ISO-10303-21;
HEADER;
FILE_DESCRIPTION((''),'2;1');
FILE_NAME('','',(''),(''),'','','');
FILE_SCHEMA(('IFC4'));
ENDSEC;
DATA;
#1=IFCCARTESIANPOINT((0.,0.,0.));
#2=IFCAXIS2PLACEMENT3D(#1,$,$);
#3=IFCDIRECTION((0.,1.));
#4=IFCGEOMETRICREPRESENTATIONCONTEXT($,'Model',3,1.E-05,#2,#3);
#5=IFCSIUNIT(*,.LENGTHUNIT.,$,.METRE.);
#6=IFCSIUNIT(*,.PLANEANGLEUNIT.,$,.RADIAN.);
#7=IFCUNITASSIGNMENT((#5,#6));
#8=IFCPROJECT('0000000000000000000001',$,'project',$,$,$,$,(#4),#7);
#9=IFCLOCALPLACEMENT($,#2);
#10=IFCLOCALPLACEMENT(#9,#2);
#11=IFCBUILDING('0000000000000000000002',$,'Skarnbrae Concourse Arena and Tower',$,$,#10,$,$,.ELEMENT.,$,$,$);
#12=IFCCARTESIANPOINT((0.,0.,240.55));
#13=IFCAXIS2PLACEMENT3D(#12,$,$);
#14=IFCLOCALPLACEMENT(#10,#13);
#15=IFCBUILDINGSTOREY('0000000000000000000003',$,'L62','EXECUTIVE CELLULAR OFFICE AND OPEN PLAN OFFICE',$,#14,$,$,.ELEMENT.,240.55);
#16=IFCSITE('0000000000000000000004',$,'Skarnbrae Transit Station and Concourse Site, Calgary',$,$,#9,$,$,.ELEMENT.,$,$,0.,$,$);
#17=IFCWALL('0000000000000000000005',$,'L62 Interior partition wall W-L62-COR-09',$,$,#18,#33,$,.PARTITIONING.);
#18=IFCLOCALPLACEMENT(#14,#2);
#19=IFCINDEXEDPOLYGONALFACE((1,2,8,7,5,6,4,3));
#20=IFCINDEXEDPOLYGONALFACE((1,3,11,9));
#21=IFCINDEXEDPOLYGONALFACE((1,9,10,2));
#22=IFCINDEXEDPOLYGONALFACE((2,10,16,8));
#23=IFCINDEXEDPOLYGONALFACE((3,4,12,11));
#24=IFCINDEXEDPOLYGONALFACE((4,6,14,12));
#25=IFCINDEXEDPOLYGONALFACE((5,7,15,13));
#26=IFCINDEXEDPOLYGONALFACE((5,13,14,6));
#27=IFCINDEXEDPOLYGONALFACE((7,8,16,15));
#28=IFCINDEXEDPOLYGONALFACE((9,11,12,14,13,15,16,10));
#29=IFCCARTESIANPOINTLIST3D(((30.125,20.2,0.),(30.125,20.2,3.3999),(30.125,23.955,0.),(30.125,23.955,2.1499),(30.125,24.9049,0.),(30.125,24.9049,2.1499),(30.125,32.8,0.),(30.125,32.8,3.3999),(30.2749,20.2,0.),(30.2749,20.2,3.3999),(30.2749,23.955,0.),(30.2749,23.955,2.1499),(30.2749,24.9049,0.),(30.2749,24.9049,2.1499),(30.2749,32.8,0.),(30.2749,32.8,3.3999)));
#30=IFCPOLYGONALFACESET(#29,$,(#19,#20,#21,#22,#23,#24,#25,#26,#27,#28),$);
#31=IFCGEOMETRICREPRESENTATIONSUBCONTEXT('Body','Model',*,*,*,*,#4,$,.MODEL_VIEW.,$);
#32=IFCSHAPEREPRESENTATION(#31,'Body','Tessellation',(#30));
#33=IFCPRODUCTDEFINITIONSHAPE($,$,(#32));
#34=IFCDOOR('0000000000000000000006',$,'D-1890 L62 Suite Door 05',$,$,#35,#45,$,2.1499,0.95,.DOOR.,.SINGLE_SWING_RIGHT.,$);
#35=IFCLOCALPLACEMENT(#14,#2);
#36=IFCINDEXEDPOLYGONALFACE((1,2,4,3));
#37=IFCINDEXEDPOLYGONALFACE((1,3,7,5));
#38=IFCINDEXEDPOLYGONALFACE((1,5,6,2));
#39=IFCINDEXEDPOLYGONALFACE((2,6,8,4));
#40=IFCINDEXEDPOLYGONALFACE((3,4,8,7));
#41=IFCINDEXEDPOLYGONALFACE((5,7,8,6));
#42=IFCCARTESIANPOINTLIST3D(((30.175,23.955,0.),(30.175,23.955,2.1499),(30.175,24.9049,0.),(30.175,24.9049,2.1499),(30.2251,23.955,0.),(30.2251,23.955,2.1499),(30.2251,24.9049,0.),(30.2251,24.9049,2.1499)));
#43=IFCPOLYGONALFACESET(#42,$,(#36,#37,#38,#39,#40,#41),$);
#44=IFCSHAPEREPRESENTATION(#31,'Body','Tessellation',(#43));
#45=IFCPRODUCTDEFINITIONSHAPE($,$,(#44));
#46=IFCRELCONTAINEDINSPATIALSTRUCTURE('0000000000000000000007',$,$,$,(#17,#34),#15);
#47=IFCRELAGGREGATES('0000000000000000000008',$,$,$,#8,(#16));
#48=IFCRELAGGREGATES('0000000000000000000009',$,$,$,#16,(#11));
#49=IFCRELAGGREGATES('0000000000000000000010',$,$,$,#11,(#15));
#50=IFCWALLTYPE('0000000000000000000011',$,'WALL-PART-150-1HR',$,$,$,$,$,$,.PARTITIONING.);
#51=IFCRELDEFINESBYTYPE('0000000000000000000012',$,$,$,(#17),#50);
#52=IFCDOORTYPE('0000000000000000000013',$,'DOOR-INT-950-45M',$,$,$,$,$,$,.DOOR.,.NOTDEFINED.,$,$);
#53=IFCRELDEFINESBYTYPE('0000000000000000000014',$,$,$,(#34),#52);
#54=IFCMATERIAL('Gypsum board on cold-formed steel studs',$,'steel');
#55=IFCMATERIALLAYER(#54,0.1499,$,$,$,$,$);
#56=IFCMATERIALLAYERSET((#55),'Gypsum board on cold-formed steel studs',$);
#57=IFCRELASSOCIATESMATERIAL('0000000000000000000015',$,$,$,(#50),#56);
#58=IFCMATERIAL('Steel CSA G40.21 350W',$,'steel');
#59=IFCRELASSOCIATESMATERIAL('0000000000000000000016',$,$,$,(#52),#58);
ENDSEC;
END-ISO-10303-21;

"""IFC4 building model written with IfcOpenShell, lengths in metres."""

from ifc_helpers import new_model, si_unit, direction, frame, frame_2d, origin, place, context, subcontext, project, spatial, rectangle, extrude, source, transform, mapped, material, layer, layer_set, type_object, element, fill, save


model = new_model("IFC4")

# Units and contexts
model_context = context("Model", 3, precision=1e-05, world=origin(), true_north=direction((0.0, 1.0)))
body_context = subcontext(model_context, "Body", "Model", "MODEL_VIEW")
ifc_project = project(units=[si_unit("LENGTHUNIT", "METRE"), si_unit("PLANEANGLEUNIT", "RADIAN")], contexts=[model_context])

# Site, building, storey
site_placement = place(None, origin())
site = spatial("IfcSite", under=ifc_project, at=site_placement, Name="Skarnbrae Transit Station and Concourse Site, Calgary", CompositionType="ELEMENT", RefElevation=0.0)
building_placement = place(site_placement, origin())
building = spatial("IfcBuilding", under=site, at=building_placement, Name="Skarnbrae Concourse Arena and Tower", CompositionType="ELEMENT")
storey_placement = place(building_placement, frame((0.0, 0.0, 240.55)))
storey = spatial("IfcBuildingStorey", under=building, at=storey_placement, Name="L62", Description="EXECUTIVE CELLULAR OFFICE AND OPEN PLAN OFFICE", CompositionType="ELEMENT", Elevation=240.55)

# Shared definitions
ifc_material_1 = material(Name="Steel CSA G40.21 350W", Category="steel")

# Shared definitions
ifc_material_2 = material(Name="Gypsum board on cold-formed steel studs", Category="steel")
ifc_layer_1 = layer(ifc_material_2, 0.1499)
ifc_layer_set_1 = layer_set([ifc_layer_1], Name="Gypsum board on cold-formed steel studs")
wall_type_1 = type_object("IfcWallType", Name="WALL-PART-150-1HR", PredefinedType="PARTITIONING", material=ifc_layer_set_1)

# Wall, opening, door
shared_shape_1 = source(origin(), body_context, "Body", "SweptSolid", [
    extrude(rectangle(XDim=12.6001, YDim=0.1499, at=frame_2d((6.3, 0.0))), origin(), (0.0, 0.0, 1.0), 3.3999),
])
wall_1_placement = place(storey_placement, frame((30.2, 20.2, 0.0), z_axis=(0.0, 0.0, 1.0), x_axis=(0.0, 1.0, 0.0)))
wall_1 = element("IfcWall", 1, at=wall_1_placement, inside=storey, type_object=wall_type_1, Name="L62 Interior partition wall W-L62-COR-09", PredefinedType="PARTITIONING", context=body_context, shape_type="MappedRepresentation", body=[
    mapped(shared_shape_1, transform((0.0, 0.0, 0.0))),
])
opening_placement = place(wall_1_placement, frame((3.7549, 0.0, 0.0)))
opening = element("IfcOpeningElement", 2, at=opening_placement, cuts=wall_1, PredefinedType="OPENING", context=body_context, shape_type="SweptSolid", body=[
    extrude(rectangle(XDim=0.95, YDim=2.1499, at=frame_2d((0.4751, 1.075))), frame((0.0, 0.085, 0.0), z_axis=(0.0, -1.0, 0.0), x_axis=(1.0, 0.0, 0.0)), (0.0, 0.0, 1.0), 0.1699),
])
door_type = type_object("IfcDoorType", Name="DOOR-INT-950-45M", OperationType="NOTDEFINED", PredefinedType="DOOR", material=ifc_material_1)
shared_shape_2 = source(origin(), body_context, "Body", "SweptSolid", [
    extrude(rectangle(XDim=0.95, YDim=2.1499, at=frame_2d((0.4751, 1.075))), frame((0.0, 0.0249, 0.0), z_axis=(0.0, -1.0, 0.0), x_axis=(1.0, 0.0, 0.0)), (0.0, 0.0, 1.0), 0.05),
])
door_placement = place(opening_placement, origin())
door = element("IfcDoor", 3, at=door_placement, inside=storey, type_object=door_type, Name="D-1890 L62 Suite Door 05", OperationType="SINGLE_SWING_RIGHT", OverallHeight=2.1499, OverallWidth=0.95, PredefinedType="DOOR", context=body_context, shape_type="MappedRepresentation", body=[
    mapped(shared_shape_2, transform((0.0, 0.0, 0.0))),
])
fill(opening, door)

save(model, "model.ifc")
